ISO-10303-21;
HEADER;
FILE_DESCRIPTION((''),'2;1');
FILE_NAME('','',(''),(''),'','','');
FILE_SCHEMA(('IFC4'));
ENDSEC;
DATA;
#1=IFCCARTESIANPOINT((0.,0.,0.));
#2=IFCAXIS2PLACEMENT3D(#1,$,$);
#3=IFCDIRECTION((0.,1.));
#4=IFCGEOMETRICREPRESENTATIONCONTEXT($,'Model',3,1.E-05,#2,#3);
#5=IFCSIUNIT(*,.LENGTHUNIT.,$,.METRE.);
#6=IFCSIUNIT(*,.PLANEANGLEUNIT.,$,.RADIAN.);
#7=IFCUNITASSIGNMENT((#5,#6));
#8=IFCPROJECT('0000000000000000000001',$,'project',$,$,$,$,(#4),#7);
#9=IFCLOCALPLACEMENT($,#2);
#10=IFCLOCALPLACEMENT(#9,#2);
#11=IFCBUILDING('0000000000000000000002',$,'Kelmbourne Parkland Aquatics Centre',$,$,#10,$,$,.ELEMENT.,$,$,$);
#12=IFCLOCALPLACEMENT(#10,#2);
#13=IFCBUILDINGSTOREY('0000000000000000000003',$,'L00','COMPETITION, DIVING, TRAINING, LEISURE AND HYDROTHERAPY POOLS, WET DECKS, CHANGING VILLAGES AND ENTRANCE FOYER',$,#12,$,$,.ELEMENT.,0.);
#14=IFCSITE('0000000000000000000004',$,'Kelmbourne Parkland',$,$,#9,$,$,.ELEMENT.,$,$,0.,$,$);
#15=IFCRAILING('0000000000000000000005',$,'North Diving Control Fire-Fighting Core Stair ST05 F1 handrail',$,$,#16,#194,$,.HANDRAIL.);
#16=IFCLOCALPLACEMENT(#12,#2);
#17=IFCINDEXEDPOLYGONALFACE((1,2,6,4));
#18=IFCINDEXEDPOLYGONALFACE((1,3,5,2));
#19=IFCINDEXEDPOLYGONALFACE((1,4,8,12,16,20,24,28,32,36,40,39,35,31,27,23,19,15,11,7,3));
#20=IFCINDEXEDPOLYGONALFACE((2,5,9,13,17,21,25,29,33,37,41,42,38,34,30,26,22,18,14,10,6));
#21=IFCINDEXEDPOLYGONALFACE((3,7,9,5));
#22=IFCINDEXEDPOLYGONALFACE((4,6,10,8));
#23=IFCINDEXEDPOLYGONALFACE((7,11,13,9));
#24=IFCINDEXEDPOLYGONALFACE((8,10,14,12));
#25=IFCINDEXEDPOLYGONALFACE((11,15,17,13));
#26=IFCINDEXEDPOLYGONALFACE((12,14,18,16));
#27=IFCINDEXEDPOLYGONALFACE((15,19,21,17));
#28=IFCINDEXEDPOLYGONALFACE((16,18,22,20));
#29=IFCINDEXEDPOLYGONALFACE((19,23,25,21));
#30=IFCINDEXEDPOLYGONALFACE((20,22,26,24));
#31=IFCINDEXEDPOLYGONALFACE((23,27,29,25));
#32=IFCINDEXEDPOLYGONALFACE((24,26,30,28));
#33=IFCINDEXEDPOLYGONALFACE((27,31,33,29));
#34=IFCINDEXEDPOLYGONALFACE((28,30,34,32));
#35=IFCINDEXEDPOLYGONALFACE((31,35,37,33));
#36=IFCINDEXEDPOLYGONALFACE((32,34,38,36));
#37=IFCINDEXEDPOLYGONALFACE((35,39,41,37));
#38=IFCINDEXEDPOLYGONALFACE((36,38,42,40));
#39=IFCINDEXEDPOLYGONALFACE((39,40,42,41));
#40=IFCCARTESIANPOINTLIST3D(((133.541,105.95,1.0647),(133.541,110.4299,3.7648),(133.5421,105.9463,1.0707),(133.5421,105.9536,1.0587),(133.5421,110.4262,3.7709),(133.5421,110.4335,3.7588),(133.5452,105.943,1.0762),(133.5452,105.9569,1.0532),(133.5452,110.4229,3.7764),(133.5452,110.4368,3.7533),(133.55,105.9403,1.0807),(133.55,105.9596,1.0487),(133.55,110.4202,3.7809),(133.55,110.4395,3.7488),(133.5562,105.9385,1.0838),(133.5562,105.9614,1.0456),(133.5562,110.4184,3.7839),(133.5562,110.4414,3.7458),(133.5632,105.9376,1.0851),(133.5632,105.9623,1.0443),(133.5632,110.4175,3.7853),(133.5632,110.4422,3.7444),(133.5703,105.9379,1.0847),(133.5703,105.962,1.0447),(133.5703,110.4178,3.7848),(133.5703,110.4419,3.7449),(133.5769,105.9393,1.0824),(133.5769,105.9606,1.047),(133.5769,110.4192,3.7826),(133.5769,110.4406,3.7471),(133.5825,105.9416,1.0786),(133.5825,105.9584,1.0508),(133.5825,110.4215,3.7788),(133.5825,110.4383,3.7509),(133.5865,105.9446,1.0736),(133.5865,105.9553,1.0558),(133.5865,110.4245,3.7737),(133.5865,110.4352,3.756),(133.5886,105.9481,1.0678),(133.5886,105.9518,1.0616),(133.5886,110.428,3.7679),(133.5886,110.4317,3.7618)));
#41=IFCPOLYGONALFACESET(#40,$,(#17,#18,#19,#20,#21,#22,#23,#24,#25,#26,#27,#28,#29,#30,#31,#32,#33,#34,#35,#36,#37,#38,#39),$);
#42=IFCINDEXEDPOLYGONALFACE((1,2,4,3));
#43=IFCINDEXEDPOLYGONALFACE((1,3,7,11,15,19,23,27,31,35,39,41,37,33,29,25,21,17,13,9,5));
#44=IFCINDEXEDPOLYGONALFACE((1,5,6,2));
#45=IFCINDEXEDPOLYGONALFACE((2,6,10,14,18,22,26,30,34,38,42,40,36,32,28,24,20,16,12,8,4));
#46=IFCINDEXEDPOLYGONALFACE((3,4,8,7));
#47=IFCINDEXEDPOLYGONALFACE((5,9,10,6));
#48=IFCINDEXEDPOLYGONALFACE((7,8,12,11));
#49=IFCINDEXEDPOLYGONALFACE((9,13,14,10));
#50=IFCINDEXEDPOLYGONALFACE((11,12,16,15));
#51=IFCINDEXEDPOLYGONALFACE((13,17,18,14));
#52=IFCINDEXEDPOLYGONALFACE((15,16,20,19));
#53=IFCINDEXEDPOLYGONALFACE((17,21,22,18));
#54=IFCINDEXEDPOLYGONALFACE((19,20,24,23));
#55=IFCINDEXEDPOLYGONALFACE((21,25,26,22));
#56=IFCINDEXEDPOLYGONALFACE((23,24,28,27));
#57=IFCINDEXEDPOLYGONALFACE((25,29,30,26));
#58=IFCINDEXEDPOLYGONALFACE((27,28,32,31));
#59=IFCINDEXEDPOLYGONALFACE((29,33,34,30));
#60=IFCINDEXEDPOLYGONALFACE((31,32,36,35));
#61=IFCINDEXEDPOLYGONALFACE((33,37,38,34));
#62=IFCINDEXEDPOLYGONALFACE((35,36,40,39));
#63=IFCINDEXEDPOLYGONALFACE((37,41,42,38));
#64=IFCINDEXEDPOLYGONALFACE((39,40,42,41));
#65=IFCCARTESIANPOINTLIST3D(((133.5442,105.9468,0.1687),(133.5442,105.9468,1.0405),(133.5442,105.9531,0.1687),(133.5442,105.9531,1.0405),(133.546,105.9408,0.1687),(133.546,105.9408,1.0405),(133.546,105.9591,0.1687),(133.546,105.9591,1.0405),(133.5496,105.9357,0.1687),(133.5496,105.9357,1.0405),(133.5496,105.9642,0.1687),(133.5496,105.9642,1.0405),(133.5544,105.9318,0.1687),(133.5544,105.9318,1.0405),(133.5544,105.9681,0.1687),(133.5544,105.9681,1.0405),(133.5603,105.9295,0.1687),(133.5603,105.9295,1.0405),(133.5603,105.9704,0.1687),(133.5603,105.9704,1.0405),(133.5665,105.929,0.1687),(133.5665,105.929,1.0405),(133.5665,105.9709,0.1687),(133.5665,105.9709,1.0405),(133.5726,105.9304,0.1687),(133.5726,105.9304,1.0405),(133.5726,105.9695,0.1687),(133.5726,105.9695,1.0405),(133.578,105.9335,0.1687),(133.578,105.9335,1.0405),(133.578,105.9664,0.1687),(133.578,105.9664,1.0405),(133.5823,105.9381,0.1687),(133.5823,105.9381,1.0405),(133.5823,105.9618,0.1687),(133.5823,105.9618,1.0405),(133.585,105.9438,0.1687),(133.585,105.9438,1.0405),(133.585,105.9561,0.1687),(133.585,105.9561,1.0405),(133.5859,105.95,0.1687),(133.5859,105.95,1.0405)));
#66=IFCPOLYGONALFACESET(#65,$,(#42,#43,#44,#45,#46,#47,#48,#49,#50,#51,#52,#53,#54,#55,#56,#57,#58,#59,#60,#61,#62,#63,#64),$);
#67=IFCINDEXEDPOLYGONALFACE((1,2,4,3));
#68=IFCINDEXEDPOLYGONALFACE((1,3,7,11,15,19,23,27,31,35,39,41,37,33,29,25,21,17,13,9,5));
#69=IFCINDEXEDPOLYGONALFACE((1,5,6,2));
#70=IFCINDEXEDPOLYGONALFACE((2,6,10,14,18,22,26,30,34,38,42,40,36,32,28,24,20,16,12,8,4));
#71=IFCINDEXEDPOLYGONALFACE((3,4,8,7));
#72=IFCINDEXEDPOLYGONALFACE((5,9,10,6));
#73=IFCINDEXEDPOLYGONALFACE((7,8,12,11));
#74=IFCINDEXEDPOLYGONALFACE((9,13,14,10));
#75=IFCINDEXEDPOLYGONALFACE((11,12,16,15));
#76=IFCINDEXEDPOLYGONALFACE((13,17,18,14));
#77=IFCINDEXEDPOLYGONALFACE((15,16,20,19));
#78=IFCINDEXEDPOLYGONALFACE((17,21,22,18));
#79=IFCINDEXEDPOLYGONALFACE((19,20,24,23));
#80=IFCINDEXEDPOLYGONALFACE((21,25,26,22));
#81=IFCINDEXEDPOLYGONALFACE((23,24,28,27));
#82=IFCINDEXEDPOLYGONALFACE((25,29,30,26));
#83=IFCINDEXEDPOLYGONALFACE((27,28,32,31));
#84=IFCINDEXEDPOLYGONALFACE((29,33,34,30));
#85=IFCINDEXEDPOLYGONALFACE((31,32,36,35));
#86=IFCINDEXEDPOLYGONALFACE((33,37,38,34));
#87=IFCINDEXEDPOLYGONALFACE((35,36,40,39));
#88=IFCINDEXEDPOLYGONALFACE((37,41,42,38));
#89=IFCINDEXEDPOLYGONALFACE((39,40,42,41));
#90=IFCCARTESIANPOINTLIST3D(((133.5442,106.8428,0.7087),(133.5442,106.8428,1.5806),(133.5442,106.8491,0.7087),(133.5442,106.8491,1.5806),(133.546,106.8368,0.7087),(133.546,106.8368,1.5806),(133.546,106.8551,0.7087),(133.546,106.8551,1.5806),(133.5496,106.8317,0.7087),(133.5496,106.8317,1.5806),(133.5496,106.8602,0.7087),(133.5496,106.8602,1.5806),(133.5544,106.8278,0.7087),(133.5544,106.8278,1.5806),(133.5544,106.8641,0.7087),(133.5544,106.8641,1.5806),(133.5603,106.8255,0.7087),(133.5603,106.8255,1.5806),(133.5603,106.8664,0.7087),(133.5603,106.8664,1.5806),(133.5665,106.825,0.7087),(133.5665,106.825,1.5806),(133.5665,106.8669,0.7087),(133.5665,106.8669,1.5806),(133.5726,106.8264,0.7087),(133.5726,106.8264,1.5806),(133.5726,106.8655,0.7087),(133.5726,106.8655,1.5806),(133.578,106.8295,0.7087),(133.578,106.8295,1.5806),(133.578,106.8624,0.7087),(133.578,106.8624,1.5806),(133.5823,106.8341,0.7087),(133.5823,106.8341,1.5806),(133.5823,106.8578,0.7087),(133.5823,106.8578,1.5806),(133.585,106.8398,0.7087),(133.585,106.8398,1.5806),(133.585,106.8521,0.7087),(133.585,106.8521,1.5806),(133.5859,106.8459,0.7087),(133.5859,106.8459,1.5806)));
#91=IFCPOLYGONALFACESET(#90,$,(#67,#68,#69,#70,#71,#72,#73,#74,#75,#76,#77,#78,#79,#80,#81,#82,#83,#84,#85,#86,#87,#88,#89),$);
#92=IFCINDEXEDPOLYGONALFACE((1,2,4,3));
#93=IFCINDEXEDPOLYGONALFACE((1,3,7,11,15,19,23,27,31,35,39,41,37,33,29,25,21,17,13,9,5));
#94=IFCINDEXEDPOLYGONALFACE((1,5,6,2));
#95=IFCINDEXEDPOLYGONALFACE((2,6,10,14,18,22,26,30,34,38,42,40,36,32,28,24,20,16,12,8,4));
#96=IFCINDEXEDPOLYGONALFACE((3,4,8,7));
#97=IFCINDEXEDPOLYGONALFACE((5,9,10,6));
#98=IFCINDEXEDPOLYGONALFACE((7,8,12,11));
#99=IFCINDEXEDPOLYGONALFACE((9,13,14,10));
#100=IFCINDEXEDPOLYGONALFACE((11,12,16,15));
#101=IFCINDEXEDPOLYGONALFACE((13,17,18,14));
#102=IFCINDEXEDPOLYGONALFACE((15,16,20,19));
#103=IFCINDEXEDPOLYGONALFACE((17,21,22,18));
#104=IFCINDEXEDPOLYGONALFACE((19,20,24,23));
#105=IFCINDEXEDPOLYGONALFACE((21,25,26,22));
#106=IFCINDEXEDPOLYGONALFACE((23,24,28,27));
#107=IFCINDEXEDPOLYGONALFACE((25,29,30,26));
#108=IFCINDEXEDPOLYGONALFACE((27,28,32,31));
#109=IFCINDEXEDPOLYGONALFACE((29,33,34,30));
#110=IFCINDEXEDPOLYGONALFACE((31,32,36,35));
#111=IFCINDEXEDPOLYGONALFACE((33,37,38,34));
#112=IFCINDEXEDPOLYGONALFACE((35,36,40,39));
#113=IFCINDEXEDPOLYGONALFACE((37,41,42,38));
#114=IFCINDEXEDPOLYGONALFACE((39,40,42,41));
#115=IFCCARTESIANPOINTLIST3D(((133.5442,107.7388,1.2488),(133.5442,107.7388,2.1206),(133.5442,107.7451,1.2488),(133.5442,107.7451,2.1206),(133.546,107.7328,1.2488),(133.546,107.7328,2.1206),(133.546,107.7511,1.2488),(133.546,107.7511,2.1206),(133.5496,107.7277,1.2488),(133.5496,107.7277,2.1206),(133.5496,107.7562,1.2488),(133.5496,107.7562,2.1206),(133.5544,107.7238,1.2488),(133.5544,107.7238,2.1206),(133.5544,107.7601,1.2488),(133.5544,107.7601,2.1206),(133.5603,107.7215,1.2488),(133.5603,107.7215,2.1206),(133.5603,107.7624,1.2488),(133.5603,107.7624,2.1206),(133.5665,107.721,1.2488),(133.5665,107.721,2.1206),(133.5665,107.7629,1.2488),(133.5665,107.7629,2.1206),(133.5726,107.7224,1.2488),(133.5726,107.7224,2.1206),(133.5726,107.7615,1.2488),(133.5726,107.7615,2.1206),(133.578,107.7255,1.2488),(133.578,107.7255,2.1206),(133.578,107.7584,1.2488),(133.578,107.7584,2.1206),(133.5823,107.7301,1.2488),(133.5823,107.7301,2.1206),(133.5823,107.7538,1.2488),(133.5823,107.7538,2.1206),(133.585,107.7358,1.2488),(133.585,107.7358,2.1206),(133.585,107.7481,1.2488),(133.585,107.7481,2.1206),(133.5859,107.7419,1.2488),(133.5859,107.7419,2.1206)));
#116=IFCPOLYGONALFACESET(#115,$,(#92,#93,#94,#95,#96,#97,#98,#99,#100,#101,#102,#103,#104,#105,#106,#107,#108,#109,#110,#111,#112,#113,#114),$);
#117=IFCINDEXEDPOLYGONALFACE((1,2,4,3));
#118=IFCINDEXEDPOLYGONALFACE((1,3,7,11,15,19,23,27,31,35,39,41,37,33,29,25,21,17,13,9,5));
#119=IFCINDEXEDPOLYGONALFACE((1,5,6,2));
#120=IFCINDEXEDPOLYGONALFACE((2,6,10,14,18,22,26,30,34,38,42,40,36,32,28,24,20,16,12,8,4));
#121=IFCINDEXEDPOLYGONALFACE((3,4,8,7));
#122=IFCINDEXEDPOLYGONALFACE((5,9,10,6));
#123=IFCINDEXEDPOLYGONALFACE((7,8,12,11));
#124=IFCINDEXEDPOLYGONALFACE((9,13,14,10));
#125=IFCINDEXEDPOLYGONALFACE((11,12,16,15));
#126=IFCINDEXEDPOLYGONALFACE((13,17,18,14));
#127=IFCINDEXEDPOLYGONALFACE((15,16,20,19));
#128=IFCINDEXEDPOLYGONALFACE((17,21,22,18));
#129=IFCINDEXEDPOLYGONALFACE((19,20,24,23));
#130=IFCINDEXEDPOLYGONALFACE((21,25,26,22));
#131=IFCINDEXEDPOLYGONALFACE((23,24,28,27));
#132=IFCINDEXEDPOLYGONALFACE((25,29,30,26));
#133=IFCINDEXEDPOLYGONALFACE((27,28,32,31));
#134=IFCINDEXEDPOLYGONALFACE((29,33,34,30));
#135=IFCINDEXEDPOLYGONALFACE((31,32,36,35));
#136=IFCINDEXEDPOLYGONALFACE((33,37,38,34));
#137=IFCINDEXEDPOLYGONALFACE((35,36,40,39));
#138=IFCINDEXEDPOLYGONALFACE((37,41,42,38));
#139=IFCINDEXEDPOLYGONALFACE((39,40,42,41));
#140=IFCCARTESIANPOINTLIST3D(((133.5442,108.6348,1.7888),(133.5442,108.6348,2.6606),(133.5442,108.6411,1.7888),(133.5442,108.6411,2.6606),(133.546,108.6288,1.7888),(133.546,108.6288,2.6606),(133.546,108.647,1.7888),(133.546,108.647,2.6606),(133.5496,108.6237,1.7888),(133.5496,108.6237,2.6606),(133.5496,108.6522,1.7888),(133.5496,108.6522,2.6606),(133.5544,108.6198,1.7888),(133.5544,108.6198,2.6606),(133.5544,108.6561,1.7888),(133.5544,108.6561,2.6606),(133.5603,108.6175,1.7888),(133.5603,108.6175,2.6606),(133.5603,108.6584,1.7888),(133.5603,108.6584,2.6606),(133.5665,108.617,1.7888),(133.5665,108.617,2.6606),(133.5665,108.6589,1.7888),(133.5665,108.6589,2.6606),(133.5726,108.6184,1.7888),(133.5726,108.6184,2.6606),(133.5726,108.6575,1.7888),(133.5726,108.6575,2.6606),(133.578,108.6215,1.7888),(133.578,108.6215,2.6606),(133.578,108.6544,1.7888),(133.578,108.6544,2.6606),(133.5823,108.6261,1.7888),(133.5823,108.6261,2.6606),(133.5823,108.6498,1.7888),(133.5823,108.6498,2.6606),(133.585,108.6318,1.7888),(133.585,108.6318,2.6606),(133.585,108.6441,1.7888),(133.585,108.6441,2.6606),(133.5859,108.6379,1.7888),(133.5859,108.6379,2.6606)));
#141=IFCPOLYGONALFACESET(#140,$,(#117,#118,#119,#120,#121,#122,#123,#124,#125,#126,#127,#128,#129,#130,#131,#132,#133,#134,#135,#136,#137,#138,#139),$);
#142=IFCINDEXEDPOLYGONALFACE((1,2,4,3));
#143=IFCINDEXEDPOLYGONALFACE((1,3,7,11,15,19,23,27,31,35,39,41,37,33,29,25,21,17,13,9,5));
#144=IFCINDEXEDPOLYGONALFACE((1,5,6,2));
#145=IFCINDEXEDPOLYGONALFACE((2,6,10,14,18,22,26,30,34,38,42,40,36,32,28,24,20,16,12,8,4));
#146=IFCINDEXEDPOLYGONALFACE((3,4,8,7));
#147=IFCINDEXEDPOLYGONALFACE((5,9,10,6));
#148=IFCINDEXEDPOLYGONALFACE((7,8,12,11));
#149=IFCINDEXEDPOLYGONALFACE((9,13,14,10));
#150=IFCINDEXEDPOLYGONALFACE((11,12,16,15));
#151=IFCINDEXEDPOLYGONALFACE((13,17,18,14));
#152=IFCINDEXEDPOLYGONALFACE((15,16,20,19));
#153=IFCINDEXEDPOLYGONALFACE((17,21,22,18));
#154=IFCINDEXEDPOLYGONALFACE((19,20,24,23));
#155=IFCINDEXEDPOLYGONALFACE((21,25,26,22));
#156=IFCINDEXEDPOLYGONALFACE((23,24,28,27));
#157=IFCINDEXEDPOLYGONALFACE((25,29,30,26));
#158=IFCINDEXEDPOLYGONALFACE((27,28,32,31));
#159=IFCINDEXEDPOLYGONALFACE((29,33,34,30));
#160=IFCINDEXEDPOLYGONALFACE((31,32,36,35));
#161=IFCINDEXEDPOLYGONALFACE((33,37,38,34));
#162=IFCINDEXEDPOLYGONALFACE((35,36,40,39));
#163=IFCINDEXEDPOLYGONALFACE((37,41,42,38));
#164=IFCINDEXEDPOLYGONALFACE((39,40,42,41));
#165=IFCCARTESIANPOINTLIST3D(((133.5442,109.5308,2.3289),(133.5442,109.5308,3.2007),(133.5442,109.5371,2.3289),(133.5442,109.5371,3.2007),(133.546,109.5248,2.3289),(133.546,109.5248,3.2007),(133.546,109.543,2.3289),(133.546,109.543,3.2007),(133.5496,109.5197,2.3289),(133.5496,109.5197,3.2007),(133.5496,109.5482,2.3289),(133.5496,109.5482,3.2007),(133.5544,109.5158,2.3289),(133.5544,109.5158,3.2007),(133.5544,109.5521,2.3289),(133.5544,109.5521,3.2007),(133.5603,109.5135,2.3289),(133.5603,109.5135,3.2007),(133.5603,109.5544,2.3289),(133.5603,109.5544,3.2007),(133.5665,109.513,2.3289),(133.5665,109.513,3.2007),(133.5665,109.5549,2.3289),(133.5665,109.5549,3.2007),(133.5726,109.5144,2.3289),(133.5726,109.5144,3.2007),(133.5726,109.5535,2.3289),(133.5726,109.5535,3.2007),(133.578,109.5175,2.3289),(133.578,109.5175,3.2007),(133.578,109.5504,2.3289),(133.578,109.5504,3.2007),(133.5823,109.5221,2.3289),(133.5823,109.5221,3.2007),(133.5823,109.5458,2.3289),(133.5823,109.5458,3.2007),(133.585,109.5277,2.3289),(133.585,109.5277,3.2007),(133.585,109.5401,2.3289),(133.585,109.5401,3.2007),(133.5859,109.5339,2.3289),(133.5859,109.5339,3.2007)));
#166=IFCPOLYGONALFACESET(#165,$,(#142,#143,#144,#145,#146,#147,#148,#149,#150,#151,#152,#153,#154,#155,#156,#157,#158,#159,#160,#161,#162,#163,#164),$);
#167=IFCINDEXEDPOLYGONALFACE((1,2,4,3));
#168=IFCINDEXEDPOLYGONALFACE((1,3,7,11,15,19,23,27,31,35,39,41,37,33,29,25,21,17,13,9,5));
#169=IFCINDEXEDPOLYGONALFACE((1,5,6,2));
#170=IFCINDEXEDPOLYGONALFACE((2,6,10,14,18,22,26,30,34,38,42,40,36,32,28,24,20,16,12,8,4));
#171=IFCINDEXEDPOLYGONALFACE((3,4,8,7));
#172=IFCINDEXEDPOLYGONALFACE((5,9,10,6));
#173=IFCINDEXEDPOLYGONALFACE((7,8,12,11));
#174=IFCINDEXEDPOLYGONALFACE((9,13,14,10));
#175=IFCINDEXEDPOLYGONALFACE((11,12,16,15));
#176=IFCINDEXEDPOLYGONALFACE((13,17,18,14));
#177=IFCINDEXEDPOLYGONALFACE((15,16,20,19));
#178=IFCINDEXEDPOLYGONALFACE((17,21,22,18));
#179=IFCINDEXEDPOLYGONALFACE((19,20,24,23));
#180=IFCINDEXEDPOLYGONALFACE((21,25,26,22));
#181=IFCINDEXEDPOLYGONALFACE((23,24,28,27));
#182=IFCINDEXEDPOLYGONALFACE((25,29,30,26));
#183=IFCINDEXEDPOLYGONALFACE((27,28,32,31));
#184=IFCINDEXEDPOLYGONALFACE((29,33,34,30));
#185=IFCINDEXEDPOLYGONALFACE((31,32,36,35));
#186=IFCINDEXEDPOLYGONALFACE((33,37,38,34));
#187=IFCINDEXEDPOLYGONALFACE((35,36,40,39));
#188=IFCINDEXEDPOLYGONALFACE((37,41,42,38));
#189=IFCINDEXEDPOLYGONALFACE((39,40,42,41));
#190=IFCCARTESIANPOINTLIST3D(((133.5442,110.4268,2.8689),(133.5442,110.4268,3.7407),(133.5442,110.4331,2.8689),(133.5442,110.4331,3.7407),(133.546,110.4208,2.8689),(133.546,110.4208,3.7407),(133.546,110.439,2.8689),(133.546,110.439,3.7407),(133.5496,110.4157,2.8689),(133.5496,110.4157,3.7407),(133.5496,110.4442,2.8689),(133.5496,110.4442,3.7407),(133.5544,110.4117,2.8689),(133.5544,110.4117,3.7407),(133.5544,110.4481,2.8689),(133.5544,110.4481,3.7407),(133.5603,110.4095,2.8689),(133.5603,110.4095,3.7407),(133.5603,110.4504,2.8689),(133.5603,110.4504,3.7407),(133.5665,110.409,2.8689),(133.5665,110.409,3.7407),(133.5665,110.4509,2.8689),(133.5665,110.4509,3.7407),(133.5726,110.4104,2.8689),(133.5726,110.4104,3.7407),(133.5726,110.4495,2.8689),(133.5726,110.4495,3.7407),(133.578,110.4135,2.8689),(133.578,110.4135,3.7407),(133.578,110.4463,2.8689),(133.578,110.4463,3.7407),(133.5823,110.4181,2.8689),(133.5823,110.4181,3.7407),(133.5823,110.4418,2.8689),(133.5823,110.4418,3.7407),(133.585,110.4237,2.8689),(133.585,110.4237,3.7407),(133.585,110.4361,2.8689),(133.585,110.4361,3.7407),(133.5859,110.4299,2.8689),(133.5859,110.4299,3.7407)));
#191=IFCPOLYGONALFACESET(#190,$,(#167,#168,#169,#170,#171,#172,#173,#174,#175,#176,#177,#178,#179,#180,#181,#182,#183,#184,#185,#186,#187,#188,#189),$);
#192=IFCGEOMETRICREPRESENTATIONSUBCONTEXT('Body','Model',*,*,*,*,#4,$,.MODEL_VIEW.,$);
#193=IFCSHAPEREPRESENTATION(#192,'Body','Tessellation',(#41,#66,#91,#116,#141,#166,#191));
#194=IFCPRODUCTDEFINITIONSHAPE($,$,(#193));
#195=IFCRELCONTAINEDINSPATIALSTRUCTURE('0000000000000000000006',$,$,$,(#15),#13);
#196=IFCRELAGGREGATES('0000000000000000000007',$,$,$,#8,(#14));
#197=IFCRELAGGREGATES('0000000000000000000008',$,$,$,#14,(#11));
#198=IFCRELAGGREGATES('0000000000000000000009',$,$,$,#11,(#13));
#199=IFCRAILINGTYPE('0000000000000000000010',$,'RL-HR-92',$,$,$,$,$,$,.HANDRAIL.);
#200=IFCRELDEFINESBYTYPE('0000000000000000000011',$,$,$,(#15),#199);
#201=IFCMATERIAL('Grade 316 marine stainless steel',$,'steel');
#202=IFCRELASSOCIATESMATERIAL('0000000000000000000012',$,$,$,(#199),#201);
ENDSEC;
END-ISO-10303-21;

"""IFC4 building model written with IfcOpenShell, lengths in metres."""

from ifc_helpers import new_model, si_unit, direction, frame, origin, origin_2d, place, context, subcontext, project, spatial, circle, extrude, material, type_object, element, save


model = new_model("IFC4")

# Units and contexts
model_context = context("Model", 3, precision=1e-05, world=origin(), true_north=direction((0.0, 1.0)))
body_context = subcontext(model_context, "Body", "Model", "MODEL_VIEW")
ifc_project = project(units=[si_unit("LENGTHUNIT", "METRE"), si_unit("PLANEANGLEUNIT", "RADIAN")], contexts=[model_context])

# Site, building, storey
site_placement = place(None, origin())
site = spatial("IfcSite", under=ifc_project, at=site_placement, Name="Kelmbourne Parkland", CompositionType="ELEMENT", RefElevation=0.0)
building_placement = place(site_placement, origin())
building = spatial("IfcBuilding", under=site, at=building_placement, Name="Kelmbourne Parkland Aquatics Centre", CompositionType="ELEMENT")
storey_placement = place(building_placement, origin())
storey = spatial("IfcBuildingStorey", under=building, at=storey_placement, Name="L00", Description="COMPETITION, DIVING, TRAINING, LEISURE AND HYDROTHERAPY POOLS, WET DECKS, CHANGING VILLAGES AND ENTRANCE FOYER", CompositionType="ELEMENT", Elevation=0.0)

# Railing
ifc_material_1 = material(Name="Grade 316 marine stainless steel", Category="steel")
railing_type_1 = type_object("IfcRailingType", Name="RL-HR-92", PredefinedType="HANDRAIL", material=ifc_material_1)
railing_1_placement = place(storey_placement, frame((133.5649, 105.95, 0.1687)))
element("IfcRailing", 1, at=railing_1_placement, inside=storey, type_object=railing_type_1, Name="North Diving Control Fire-Fighting Core Stair ST05 F1 handrail", PredefinedType="HANDRAIL", context=body_context, shape_type="SweptSolid", body=[
    extrude(circle(Radius=0.0239, at=origin_2d()), frame((0.0, 0.0, 0.896), z_axis=(0.0, 0.856462, 0.516211), x_axis=(-1.0, 0.0, 0.0)), (0.0, 0.0, 1.0), 5.2307),
    extrude(circle(Radius=0.021, at=origin_2d()), origin(), (0.0, 0.0, 1.0), 0.8718),
    extrude(circle(Radius=0.021, at=origin_2d()), frame((0.0, 0.896, 0.54)), (0.0, 0.0, 1.0), 0.8718),
    extrude(circle(Radius=0.021, at=origin_2d()), frame((0.0, 1.792, 1.0801)), (0.0, 0.0, 1.0), 0.8718),
    extrude(circle(Radius=0.021, at=origin_2d()), frame((0.0, 2.688, 1.6201)), (0.0, 0.0, 1.0), 0.8718),
    extrude(circle(Radius=0.021, at=origin_2d()), frame((0.0, 3.584, 2.1602)), (0.0, 0.0, 1.0), 0.8718),
    extrude(circle(Radius=0.021, at=origin_2d()), frame((0.0, 4.48, 2.7002)), (0.0, 0.0, 1.0), 0.8718),
])

save(model, "model.ifc")
